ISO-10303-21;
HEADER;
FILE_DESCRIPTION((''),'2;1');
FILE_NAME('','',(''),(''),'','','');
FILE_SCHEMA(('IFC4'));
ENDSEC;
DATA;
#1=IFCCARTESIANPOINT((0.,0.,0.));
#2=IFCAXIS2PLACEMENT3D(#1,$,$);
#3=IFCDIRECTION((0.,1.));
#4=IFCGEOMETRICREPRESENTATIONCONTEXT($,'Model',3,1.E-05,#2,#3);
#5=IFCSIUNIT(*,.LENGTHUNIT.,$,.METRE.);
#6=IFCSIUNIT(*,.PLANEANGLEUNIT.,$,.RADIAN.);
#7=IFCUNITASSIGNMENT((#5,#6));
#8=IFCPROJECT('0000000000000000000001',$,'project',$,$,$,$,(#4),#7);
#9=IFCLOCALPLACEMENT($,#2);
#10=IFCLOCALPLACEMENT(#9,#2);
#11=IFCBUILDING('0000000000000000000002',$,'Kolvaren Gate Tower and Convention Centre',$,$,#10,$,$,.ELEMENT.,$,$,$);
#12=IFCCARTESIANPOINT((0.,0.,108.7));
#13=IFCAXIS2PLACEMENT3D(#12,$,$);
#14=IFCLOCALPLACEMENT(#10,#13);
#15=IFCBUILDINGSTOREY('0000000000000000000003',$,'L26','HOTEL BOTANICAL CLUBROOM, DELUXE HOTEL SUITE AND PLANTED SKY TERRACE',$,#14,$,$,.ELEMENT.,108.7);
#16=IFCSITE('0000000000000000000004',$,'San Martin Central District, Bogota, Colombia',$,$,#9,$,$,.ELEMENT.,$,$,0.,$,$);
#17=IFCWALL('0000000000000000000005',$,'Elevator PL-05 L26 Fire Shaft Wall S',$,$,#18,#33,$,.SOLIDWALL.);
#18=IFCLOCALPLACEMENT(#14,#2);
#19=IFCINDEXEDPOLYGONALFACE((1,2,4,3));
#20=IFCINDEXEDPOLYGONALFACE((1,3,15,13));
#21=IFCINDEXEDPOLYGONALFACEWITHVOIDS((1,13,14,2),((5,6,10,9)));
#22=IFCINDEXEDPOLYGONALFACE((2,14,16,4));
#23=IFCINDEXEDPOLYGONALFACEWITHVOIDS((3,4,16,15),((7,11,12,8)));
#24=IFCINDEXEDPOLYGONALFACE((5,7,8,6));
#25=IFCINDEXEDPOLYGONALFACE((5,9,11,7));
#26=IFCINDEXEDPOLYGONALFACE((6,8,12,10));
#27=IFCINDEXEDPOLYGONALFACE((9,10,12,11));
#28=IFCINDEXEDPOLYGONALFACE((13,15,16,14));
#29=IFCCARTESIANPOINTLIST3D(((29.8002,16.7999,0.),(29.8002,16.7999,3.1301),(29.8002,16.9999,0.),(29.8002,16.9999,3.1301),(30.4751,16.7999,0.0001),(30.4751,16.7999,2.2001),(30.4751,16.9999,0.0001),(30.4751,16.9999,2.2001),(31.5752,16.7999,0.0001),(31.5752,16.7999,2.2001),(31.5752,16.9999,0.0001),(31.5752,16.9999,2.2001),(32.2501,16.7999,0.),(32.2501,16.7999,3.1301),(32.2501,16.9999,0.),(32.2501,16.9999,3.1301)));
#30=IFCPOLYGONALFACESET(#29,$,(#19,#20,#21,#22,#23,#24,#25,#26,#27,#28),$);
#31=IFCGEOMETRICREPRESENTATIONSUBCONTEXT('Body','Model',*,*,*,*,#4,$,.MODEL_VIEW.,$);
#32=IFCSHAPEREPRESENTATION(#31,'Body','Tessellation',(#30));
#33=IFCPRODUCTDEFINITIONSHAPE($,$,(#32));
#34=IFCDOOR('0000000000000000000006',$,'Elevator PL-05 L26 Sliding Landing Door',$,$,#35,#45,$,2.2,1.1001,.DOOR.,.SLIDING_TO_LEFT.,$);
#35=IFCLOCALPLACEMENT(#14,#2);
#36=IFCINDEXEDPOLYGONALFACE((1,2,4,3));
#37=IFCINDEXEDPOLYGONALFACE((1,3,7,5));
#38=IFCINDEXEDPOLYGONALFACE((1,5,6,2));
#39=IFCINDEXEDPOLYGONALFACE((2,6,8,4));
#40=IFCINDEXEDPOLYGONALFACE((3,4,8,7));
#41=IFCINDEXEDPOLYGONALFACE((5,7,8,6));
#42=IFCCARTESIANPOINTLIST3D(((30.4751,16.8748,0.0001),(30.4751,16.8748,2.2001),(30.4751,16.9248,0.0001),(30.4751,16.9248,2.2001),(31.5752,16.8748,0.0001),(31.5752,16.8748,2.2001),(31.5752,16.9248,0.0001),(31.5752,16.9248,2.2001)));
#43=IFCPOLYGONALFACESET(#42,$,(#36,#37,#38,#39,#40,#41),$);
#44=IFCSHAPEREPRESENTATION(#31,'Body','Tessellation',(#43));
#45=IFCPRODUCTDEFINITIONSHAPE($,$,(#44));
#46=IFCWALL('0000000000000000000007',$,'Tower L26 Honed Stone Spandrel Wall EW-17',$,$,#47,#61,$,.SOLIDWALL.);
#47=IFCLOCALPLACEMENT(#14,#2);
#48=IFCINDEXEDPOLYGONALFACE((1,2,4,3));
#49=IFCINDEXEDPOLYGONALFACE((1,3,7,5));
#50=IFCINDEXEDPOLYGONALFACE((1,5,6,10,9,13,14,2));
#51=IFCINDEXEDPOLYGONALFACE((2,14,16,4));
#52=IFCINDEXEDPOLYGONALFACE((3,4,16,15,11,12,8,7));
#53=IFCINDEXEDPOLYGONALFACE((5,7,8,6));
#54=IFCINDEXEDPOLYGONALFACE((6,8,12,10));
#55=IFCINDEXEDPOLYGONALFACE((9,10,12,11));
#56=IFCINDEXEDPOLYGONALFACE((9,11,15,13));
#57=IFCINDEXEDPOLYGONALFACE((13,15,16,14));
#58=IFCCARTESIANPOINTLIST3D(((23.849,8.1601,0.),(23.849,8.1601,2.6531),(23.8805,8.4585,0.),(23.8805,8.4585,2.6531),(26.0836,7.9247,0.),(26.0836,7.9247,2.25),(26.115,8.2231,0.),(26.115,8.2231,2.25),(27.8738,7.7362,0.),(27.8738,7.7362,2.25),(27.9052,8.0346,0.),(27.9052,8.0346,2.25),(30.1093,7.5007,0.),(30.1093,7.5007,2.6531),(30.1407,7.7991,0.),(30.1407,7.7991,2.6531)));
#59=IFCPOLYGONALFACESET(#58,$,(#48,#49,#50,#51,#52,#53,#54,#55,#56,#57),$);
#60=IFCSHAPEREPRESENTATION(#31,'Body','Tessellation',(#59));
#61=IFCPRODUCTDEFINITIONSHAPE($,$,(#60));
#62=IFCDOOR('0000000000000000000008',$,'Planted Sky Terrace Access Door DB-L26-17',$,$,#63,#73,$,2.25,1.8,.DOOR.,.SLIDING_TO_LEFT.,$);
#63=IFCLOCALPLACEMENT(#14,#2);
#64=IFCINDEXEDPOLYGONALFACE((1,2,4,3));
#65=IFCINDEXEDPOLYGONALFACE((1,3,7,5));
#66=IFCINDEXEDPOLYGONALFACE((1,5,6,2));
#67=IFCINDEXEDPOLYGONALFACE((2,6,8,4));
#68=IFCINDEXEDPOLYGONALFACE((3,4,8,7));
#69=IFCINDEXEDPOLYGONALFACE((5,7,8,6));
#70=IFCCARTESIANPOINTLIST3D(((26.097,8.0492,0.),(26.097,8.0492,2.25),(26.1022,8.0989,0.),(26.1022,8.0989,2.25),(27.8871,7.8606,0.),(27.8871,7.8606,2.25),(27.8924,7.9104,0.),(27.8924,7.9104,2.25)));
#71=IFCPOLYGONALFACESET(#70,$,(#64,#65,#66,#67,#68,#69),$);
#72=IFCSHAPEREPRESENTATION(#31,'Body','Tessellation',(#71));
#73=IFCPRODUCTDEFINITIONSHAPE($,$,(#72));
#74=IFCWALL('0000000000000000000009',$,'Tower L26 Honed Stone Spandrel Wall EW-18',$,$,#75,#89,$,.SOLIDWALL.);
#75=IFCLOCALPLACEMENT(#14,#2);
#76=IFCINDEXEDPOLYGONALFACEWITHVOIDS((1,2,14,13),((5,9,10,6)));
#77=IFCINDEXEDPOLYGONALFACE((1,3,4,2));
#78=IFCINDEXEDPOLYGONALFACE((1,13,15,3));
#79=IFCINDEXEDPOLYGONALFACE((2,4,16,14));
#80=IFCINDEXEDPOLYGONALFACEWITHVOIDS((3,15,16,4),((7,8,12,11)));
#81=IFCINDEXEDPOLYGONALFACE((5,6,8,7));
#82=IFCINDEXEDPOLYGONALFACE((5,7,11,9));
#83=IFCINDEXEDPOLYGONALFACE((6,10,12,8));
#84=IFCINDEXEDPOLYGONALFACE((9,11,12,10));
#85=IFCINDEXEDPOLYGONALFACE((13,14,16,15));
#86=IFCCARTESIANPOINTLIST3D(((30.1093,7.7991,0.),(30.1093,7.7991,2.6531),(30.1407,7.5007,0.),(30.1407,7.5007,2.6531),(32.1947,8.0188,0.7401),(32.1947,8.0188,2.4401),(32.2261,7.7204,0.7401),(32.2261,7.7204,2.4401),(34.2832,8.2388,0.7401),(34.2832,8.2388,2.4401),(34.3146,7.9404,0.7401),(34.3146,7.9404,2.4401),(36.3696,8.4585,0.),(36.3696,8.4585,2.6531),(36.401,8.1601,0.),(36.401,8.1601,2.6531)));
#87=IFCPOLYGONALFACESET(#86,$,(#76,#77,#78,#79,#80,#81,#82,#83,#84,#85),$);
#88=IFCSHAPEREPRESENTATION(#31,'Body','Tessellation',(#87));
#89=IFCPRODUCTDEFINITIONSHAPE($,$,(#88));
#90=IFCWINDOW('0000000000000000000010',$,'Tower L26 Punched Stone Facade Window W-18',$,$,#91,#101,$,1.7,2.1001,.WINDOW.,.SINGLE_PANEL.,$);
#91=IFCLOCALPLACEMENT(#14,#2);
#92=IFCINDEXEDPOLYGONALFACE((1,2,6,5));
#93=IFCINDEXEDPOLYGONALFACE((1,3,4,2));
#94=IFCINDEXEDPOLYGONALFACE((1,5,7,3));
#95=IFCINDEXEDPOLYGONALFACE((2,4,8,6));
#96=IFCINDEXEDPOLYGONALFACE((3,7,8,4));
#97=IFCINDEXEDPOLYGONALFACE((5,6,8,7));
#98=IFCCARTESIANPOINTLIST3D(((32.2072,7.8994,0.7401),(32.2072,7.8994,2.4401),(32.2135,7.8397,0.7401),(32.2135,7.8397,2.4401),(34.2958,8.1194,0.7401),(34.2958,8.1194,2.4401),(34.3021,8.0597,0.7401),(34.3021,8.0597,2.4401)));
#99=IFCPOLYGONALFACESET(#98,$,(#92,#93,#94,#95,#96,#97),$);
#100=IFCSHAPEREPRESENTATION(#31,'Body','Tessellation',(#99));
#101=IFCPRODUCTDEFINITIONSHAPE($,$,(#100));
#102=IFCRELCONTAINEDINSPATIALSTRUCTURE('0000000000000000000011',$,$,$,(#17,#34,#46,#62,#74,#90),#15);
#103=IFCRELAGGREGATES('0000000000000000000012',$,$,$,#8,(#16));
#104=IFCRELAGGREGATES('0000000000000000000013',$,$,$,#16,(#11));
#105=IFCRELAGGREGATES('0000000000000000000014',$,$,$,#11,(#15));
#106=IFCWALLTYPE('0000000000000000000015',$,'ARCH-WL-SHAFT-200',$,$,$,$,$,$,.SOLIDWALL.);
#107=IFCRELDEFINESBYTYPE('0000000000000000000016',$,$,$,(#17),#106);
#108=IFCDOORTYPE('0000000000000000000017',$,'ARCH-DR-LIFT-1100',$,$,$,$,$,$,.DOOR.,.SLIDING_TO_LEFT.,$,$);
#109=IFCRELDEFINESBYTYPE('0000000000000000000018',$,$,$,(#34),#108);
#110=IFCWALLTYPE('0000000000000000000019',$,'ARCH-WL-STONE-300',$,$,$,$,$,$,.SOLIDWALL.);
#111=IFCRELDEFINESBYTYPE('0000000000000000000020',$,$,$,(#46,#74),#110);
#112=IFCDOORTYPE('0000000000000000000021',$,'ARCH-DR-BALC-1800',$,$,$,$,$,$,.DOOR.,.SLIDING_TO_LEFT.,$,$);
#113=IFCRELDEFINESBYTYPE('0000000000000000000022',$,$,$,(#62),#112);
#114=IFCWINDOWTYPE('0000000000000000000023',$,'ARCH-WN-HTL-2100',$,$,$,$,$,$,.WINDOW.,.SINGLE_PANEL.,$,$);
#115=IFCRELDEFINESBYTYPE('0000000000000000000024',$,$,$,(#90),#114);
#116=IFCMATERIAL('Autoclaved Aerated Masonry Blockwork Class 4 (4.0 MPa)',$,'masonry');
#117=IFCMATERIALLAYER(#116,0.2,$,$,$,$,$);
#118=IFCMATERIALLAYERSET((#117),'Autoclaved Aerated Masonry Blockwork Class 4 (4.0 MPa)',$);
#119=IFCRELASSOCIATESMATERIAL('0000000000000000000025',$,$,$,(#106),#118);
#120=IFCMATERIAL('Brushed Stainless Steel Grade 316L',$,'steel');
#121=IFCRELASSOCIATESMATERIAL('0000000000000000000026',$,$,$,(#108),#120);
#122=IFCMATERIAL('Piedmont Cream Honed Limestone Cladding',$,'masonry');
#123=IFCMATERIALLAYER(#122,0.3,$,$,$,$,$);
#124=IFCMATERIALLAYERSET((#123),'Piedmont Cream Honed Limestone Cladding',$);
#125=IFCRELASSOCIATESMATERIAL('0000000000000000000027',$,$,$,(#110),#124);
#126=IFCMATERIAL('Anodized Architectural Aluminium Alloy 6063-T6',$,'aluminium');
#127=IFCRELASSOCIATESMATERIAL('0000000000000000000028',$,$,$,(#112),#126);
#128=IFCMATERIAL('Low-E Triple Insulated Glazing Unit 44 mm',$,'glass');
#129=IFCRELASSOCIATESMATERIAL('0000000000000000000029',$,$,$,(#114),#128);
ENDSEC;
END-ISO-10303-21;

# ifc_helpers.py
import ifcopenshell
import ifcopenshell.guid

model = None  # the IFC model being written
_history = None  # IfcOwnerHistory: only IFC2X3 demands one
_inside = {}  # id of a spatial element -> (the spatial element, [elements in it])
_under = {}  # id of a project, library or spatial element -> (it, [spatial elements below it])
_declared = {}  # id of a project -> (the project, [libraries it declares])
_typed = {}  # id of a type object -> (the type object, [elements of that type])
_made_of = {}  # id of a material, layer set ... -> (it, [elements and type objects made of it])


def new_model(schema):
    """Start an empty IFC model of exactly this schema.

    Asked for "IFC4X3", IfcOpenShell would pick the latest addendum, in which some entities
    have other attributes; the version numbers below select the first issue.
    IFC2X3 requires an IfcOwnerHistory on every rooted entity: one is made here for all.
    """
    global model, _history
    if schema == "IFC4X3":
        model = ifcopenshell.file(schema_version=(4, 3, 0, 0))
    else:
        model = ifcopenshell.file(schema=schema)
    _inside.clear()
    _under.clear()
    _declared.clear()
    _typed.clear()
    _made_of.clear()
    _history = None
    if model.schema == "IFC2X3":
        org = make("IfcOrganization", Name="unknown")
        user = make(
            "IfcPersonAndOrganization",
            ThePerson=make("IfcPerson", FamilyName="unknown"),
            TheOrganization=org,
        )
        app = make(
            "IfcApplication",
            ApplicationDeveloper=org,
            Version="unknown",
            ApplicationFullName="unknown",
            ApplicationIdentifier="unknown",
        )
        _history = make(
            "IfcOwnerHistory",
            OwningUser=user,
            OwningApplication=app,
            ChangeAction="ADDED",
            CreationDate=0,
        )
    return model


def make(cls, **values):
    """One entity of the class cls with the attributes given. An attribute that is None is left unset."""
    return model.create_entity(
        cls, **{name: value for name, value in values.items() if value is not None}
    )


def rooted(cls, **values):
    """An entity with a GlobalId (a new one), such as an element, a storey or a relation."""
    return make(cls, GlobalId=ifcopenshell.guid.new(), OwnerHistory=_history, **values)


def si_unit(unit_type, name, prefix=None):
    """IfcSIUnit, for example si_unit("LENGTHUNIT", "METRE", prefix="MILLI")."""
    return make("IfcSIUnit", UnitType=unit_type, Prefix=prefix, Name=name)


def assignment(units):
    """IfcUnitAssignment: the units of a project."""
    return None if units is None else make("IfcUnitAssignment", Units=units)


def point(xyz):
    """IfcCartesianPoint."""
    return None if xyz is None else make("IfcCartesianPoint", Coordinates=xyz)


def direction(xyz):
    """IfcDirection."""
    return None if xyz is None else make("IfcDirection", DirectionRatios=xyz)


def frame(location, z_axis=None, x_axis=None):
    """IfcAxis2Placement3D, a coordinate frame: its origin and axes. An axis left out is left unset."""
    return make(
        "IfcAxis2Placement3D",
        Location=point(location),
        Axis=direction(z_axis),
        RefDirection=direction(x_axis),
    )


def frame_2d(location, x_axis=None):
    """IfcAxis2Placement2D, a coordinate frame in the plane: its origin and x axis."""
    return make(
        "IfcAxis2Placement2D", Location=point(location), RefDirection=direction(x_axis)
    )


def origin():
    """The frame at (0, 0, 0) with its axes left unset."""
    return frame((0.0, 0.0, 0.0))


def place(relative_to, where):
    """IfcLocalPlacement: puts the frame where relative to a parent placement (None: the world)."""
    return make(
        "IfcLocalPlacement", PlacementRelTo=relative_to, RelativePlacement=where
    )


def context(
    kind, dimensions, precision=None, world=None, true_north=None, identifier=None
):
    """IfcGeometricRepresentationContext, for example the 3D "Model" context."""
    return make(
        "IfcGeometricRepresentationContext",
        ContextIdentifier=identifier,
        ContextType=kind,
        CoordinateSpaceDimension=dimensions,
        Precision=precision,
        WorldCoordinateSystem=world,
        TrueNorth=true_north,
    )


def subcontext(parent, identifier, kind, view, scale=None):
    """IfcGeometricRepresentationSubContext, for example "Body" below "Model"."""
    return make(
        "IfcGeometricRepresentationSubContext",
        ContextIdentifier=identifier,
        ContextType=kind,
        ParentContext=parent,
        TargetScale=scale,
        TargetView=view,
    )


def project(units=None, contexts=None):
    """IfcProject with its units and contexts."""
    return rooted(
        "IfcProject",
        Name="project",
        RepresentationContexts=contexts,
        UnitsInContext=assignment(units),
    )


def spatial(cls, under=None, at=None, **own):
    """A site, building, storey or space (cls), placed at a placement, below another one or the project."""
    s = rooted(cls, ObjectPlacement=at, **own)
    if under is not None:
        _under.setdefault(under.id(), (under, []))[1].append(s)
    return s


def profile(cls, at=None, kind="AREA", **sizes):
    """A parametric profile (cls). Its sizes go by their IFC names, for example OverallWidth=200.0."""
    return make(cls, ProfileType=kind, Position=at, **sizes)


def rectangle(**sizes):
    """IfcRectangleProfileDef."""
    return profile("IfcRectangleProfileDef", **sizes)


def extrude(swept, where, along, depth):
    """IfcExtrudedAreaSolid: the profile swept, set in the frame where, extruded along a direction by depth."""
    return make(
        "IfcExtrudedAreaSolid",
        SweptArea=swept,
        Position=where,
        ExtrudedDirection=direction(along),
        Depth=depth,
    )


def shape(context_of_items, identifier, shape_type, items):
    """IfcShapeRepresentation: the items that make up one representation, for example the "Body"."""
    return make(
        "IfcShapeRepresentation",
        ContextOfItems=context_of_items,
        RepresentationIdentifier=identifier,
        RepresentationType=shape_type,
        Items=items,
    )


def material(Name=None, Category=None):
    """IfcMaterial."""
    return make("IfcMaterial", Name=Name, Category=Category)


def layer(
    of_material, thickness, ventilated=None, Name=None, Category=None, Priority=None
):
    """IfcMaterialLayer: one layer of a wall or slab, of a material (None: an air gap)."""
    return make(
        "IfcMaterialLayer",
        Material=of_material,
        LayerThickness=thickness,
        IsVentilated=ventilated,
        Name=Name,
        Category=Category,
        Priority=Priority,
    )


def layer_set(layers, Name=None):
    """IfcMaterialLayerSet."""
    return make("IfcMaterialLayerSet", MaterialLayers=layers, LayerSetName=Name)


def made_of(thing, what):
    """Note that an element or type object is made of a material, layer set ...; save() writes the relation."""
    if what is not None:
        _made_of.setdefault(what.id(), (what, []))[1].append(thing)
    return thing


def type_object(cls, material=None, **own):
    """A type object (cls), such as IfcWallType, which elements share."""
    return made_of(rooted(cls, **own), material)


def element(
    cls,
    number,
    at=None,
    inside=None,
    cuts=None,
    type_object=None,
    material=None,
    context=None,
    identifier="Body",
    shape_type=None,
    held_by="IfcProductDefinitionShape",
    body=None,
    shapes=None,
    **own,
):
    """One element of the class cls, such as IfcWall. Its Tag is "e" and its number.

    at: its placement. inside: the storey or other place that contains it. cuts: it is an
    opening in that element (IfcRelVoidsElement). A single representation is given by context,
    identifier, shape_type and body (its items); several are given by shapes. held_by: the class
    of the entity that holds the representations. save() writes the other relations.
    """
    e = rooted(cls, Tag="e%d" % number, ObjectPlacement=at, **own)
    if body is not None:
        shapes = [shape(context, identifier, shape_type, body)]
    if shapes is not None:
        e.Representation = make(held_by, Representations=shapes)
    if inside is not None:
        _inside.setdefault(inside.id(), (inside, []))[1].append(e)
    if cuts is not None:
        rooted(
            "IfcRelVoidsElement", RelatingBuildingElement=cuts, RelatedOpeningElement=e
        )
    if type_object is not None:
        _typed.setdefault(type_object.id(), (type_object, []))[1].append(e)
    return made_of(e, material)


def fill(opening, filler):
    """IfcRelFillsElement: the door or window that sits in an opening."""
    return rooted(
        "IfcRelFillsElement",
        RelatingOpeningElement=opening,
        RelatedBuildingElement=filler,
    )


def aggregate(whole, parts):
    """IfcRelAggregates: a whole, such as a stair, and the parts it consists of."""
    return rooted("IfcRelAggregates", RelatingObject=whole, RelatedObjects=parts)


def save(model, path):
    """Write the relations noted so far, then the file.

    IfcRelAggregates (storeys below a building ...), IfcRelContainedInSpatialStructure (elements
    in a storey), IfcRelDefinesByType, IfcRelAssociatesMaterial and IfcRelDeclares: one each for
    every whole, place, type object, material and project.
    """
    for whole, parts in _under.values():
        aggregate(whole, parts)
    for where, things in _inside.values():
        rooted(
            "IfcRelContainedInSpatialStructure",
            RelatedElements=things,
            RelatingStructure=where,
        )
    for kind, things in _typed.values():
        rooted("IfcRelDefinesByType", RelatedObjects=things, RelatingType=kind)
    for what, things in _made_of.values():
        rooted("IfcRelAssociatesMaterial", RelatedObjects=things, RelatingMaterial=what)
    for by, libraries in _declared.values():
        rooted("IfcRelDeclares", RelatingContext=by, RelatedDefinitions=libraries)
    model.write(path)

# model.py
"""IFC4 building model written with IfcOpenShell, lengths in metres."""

from ifc_helpers import new_model, si_unit, direction, frame, frame_2d, origin, place, context, subcontext, project, spatial, rectangle, extrude, material, layer, layer_set, type_object, element, fill, save


model = new_model("IFC4")

# Units and contexts
model_context = context("Model", 3, precision=1e-05, world=origin(), true_north=direction((0.0, 1.0)))
body_context = subcontext(model_context, "Body", "Model", "MODEL_VIEW")
ifc_project = project(units=[si_unit("LENGTHUNIT", "METRE"), si_unit("PLANEANGLEUNIT", "RADIAN")], contexts=[model_context])

# Site, building, storey
site_placement = place(None, origin())
site = spatial("IfcSite", under=ifc_project, at=site_placement, Name="San Martin Central District, Bogota, Colombia", CompositionType="ELEMENT", RefElevation=0.0)
building_placement = place(site_placement, origin())
building = spatial("IfcBuilding", under=site, at=building_placement, Name="Kolvaren Gate Tower and Convention Centre", CompositionType="ELEMENT")
storey_placement = place(building_placement, frame((0.0, 0.0, 108.7)))
storey = spatial("IfcBuildingStorey", under=building, at=storey_placement, Name="L26", Description="HOTEL BOTANICAL CLUBROOM, DELUXE HOTEL SUITE AND PLANTED SKY TERRACE", CompositionType="ELEMENT", Elevation=108.7)

# Shared definitions
ifc_material_1 = material(Name="Piedmont Cream Honed Limestone Cladding", Category="masonry")

# Walls, openings, doors
ifc_material_2 = material(Name="Autoclaved Aerated Masonry Blockwork Class 4 (4.0 MPa)", Category="masonry")
ifc_layer_1 = layer(ifc_material_2, 0.2)
ifc_layer_set_1 = layer_set([ifc_layer_1], Name="Autoclaved Aerated Masonry Blockwork Class 4 (4.0 MPa)")
wall_type_1 = type_object("IfcWallType", Name="ARCH-WL-SHAFT-200", PredefinedType="SOLIDWALL", material=ifc_layer_set_1)
wall_1_placement = place(storey_placement, frame((29.8, 16.8999, 0.0), z_axis=(0.0, 0.0, 1.0), x_axis=(1.0, 0.0, 0.0)))
wall_1 = element("IfcWall", 1, at=wall_1_placement, inside=storey, type_object=wall_type_1, Name="Elevator PL-05 L26 Fire Shaft Wall S", PredefinedType="SOLIDWALL", context=body_context, shape_type="SweptSolid", body=[
    extrude(rectangle(XDim=2.45, YDim=0.2, at=frame_2d((1.2251, 0.0))), origin(), (0.0, 0.0, 1.0), 3.1301),
])
opening_1_placement = place(wall_1_placement, frame((0.675, 0.0, 0.0)))
opening_1 = element("IfcOpeningElement", 2, at=opening_1_placement, cuts=wall_1, PredefinedType="OPENING", context=body_context, shape_type="SweptSolid", body=[
    extrude(rectangle(XDim=1.1001, YDim=2.2, at=frame_2d((0.55, 1.1001))), frame((0.0, 0.1099, 0.0), z_axis=(0.0, -1.0, 0.0), x_axis=(1.0, 0.0, 0.0)), (0.0, 0.0, 1.0), 0.22),
])
ifc_material_3 = material(Name="Brushed Stainless Steel Grade 316L", Category="steel")
door_type_1 = type_object("IfcDoorType", Name="ARCH-DR-LIFT-1100", OperationType="SLIDING_TO_LEFT", PredefinedType="DOOR", material=ifc_material_3)
door_1_placement = place(opening_1_placement, origin())
door_1 = element("IfcDoor", 3, at=door_1_placement, inside=storey, type_object=door_type_1, Name="Elevator PL-05 L26 Sliding Landing Door", OperationType="SLIDING_TO_LEFT", OverallHeight=2.2, OverallWidth=1.1001, PredefinedType="DOOR", context=body_context, shape_type="SweptSolid", body=[
    extrude(rectangle(XDim=1.1001, YDim=2.2, at=frame_2d((0.55, 1.1001))), frame((0.0, 0.0249, 0.0), z_axis=(0.0, -1.0, 0.0), x_axis=(1.0, 0.0, 0.0)), (0.0, 0.0, 1.0), 0.05),
])
fill(opening_1, door_1)
ifc_layer_2 = layer(ifc_material_1, 0.3)
ifc_layer_set_2 = layer_set([ifc_layer_2], Name="Piedmont Cream Honed Limestone Cladding")
wall_type_2 = type_object("IfcWallType", Name="ARCH-WL-STONE-300", PredefinedType="SOLIDWALL", material=ifc_layer_set_2)
wall_2_placement = place(storey_placement, frame((23.8647, 8.3093, 0.0), z_axis=(0.0, 0.0, 1.0), x_axis=(0.994498, -0.104755, 0.0)))
wall_2 = element("IfcWall", 4, at=wall_2_placement, inside=storey, type_object=wall_type_2, Name="Tower L26 Honed Stone Spandrel Wall EW-17", PredefinedType="SOLIDWALL", context=body_context, shape_type="SweptSolid", body=[
    extrude(rectangle(XDim=6.2949, YDim=0.3, at=frame_2d((3.1475, 0.0))), origin(), (0.0, 0.0, 1.0), 2.6531),
])
opening_2_placement = place(wall_2_placement, frame((2.2471, 0.0, 0.0)))
opening_2 = element("IfcOpeningElement", 5, at=opening_2_placement, cuts=wall_2, PredefinedType="OPENING", context=body_context, shape_type="SweptSolid", body=[
    extrude(rectangle(XDim=1.8, YDim=2.25, at=frame_2d((0.8999, 1.125))), frame((0.0, 0.1599, 0.0), z_axis=(0.0, -1.0, 0.0), x_axis=(1.0, 0.0, 0.0)), (0.0, 0.0, 1.0), 0.3201),
])
ifc_material_4 = material(Name="Anodized Architectural Aluminium Alloy 6063-T6", Category="aluminium")
door_type_2 = type_object("IfcDoorType", Name="ARCH-DR-BALC-1800", OperationType="SLIDING_TO_LEFT", PredefinedType="DOOR", material=ifc_material_4)
door_2_placement = place(opening_2_placement, frame((1.8, 0.0, 0.0), z_axis=(0.0, 0.0, 1.0), x_axis=(-1.0, 0.0, 0.0)))
door_2 = element("IfcDoor", 6, at=door_2_placement, inside=storey, type_object=door_type_2, Name="Planted Sky Terrace Access Door DB-L26-17", OperationType="SLIDING_TO_LEFT", OverallHeight=2.25, OverallWidth=1.8, PredefinedType="DOOR", context=body_context, shape_type="SweptSolid", body=[
    extrude(rectangle(XDim=1.8, YDim=2.25, at=frame_2d((0.8999, 1.125))), frame((0.0, 0.0249, 0.0), z_axis=(0.0, -1.0, 0.0), x_axis=(1.0, 0.0, 0.0)), (0.0, 0.0, 1.0), 0.05),
])
fill(opening_2, door_2)

# Wall, opening, window
wall_3_placement = place(storey_placement, frame((30.125, 7.6499, 0.0), z_axis=(0.0, 0.0, 1.0), x_axis=(0.994498, 0.104755, 0.0)))
wall_3 = element("IfcWall", 7, at=wall_3_placement, inside=storey, type_object=wall_type_2, Name="Tower L26 Honed Stone Spandrel Wall EW-18", PredefinedType="SOLIDWALL", context=body_context, shape_type="SweptSolid", body=[
    extrude(rectangle(XDim=6.2949, YDim=0.3, at=frame_2d((3.1475, 0.0))), origin(), (0.0, 0.0, 1.0), 2.6531),
])
opening_3_placement = place(wall_3_placement, frame((2.0969, 0.0, 0.74)))
opening_3 = element("IfcOpeningElement", 8, at=opening_3_placement, cuts=wall_3, PredefinedType="OPENING", context=body_context, shape_type="SweptSolid", body=[
    extrude(rectangle(XDim=2.1001, YDim=1.7, at=frame_2d((1.05, 0.8501))), frame((0.0, 0.1599, 0.0), z_axis=(0.0, -1.0, 0.0), x_axis=(1.0, 0.0, 0.0)), (0.0, 0.0, 1.0), 0.3201),
])
ifc_material_5 = material(Name="Low-E Triple Insulated Glazing Unit 44 mm", Category="glass")
window_type = type_object("IfcWindowType", Name="ARCH-WN-HTL-2100", PartitioningType="SINGLE_PANEL", PredefinedType="WINDOW", material=ifc_material_5)
window_placement = place(opening_3_placement, origin())
window = element("IfcWindow", 9, at=window_placement, inside=storey, type_object=window_type, Name="Tower L26 Punched Stone Facade Window W-18", OverallHeight=1.7, OverallWidth=2.1001, PartitioningType="SINGLE_PANEL", PredefinedType="WINDOW", context=body_context, shape_type="SweptSolid", body=[
    extrude(rectangle(XDim=2.1001, YDim=1.7, at=frame_2d((1.05, 0.8501))), frame((0.0, 0.03, 0.0), z_axis=(0.0, -1.0, 0.0), x_axis=(1.0, 0.0, 0.0)), (0.0, 0.0, 1.0), 0.0601),
])
fill(opening_3, window)

save(model, "model.ifc")
